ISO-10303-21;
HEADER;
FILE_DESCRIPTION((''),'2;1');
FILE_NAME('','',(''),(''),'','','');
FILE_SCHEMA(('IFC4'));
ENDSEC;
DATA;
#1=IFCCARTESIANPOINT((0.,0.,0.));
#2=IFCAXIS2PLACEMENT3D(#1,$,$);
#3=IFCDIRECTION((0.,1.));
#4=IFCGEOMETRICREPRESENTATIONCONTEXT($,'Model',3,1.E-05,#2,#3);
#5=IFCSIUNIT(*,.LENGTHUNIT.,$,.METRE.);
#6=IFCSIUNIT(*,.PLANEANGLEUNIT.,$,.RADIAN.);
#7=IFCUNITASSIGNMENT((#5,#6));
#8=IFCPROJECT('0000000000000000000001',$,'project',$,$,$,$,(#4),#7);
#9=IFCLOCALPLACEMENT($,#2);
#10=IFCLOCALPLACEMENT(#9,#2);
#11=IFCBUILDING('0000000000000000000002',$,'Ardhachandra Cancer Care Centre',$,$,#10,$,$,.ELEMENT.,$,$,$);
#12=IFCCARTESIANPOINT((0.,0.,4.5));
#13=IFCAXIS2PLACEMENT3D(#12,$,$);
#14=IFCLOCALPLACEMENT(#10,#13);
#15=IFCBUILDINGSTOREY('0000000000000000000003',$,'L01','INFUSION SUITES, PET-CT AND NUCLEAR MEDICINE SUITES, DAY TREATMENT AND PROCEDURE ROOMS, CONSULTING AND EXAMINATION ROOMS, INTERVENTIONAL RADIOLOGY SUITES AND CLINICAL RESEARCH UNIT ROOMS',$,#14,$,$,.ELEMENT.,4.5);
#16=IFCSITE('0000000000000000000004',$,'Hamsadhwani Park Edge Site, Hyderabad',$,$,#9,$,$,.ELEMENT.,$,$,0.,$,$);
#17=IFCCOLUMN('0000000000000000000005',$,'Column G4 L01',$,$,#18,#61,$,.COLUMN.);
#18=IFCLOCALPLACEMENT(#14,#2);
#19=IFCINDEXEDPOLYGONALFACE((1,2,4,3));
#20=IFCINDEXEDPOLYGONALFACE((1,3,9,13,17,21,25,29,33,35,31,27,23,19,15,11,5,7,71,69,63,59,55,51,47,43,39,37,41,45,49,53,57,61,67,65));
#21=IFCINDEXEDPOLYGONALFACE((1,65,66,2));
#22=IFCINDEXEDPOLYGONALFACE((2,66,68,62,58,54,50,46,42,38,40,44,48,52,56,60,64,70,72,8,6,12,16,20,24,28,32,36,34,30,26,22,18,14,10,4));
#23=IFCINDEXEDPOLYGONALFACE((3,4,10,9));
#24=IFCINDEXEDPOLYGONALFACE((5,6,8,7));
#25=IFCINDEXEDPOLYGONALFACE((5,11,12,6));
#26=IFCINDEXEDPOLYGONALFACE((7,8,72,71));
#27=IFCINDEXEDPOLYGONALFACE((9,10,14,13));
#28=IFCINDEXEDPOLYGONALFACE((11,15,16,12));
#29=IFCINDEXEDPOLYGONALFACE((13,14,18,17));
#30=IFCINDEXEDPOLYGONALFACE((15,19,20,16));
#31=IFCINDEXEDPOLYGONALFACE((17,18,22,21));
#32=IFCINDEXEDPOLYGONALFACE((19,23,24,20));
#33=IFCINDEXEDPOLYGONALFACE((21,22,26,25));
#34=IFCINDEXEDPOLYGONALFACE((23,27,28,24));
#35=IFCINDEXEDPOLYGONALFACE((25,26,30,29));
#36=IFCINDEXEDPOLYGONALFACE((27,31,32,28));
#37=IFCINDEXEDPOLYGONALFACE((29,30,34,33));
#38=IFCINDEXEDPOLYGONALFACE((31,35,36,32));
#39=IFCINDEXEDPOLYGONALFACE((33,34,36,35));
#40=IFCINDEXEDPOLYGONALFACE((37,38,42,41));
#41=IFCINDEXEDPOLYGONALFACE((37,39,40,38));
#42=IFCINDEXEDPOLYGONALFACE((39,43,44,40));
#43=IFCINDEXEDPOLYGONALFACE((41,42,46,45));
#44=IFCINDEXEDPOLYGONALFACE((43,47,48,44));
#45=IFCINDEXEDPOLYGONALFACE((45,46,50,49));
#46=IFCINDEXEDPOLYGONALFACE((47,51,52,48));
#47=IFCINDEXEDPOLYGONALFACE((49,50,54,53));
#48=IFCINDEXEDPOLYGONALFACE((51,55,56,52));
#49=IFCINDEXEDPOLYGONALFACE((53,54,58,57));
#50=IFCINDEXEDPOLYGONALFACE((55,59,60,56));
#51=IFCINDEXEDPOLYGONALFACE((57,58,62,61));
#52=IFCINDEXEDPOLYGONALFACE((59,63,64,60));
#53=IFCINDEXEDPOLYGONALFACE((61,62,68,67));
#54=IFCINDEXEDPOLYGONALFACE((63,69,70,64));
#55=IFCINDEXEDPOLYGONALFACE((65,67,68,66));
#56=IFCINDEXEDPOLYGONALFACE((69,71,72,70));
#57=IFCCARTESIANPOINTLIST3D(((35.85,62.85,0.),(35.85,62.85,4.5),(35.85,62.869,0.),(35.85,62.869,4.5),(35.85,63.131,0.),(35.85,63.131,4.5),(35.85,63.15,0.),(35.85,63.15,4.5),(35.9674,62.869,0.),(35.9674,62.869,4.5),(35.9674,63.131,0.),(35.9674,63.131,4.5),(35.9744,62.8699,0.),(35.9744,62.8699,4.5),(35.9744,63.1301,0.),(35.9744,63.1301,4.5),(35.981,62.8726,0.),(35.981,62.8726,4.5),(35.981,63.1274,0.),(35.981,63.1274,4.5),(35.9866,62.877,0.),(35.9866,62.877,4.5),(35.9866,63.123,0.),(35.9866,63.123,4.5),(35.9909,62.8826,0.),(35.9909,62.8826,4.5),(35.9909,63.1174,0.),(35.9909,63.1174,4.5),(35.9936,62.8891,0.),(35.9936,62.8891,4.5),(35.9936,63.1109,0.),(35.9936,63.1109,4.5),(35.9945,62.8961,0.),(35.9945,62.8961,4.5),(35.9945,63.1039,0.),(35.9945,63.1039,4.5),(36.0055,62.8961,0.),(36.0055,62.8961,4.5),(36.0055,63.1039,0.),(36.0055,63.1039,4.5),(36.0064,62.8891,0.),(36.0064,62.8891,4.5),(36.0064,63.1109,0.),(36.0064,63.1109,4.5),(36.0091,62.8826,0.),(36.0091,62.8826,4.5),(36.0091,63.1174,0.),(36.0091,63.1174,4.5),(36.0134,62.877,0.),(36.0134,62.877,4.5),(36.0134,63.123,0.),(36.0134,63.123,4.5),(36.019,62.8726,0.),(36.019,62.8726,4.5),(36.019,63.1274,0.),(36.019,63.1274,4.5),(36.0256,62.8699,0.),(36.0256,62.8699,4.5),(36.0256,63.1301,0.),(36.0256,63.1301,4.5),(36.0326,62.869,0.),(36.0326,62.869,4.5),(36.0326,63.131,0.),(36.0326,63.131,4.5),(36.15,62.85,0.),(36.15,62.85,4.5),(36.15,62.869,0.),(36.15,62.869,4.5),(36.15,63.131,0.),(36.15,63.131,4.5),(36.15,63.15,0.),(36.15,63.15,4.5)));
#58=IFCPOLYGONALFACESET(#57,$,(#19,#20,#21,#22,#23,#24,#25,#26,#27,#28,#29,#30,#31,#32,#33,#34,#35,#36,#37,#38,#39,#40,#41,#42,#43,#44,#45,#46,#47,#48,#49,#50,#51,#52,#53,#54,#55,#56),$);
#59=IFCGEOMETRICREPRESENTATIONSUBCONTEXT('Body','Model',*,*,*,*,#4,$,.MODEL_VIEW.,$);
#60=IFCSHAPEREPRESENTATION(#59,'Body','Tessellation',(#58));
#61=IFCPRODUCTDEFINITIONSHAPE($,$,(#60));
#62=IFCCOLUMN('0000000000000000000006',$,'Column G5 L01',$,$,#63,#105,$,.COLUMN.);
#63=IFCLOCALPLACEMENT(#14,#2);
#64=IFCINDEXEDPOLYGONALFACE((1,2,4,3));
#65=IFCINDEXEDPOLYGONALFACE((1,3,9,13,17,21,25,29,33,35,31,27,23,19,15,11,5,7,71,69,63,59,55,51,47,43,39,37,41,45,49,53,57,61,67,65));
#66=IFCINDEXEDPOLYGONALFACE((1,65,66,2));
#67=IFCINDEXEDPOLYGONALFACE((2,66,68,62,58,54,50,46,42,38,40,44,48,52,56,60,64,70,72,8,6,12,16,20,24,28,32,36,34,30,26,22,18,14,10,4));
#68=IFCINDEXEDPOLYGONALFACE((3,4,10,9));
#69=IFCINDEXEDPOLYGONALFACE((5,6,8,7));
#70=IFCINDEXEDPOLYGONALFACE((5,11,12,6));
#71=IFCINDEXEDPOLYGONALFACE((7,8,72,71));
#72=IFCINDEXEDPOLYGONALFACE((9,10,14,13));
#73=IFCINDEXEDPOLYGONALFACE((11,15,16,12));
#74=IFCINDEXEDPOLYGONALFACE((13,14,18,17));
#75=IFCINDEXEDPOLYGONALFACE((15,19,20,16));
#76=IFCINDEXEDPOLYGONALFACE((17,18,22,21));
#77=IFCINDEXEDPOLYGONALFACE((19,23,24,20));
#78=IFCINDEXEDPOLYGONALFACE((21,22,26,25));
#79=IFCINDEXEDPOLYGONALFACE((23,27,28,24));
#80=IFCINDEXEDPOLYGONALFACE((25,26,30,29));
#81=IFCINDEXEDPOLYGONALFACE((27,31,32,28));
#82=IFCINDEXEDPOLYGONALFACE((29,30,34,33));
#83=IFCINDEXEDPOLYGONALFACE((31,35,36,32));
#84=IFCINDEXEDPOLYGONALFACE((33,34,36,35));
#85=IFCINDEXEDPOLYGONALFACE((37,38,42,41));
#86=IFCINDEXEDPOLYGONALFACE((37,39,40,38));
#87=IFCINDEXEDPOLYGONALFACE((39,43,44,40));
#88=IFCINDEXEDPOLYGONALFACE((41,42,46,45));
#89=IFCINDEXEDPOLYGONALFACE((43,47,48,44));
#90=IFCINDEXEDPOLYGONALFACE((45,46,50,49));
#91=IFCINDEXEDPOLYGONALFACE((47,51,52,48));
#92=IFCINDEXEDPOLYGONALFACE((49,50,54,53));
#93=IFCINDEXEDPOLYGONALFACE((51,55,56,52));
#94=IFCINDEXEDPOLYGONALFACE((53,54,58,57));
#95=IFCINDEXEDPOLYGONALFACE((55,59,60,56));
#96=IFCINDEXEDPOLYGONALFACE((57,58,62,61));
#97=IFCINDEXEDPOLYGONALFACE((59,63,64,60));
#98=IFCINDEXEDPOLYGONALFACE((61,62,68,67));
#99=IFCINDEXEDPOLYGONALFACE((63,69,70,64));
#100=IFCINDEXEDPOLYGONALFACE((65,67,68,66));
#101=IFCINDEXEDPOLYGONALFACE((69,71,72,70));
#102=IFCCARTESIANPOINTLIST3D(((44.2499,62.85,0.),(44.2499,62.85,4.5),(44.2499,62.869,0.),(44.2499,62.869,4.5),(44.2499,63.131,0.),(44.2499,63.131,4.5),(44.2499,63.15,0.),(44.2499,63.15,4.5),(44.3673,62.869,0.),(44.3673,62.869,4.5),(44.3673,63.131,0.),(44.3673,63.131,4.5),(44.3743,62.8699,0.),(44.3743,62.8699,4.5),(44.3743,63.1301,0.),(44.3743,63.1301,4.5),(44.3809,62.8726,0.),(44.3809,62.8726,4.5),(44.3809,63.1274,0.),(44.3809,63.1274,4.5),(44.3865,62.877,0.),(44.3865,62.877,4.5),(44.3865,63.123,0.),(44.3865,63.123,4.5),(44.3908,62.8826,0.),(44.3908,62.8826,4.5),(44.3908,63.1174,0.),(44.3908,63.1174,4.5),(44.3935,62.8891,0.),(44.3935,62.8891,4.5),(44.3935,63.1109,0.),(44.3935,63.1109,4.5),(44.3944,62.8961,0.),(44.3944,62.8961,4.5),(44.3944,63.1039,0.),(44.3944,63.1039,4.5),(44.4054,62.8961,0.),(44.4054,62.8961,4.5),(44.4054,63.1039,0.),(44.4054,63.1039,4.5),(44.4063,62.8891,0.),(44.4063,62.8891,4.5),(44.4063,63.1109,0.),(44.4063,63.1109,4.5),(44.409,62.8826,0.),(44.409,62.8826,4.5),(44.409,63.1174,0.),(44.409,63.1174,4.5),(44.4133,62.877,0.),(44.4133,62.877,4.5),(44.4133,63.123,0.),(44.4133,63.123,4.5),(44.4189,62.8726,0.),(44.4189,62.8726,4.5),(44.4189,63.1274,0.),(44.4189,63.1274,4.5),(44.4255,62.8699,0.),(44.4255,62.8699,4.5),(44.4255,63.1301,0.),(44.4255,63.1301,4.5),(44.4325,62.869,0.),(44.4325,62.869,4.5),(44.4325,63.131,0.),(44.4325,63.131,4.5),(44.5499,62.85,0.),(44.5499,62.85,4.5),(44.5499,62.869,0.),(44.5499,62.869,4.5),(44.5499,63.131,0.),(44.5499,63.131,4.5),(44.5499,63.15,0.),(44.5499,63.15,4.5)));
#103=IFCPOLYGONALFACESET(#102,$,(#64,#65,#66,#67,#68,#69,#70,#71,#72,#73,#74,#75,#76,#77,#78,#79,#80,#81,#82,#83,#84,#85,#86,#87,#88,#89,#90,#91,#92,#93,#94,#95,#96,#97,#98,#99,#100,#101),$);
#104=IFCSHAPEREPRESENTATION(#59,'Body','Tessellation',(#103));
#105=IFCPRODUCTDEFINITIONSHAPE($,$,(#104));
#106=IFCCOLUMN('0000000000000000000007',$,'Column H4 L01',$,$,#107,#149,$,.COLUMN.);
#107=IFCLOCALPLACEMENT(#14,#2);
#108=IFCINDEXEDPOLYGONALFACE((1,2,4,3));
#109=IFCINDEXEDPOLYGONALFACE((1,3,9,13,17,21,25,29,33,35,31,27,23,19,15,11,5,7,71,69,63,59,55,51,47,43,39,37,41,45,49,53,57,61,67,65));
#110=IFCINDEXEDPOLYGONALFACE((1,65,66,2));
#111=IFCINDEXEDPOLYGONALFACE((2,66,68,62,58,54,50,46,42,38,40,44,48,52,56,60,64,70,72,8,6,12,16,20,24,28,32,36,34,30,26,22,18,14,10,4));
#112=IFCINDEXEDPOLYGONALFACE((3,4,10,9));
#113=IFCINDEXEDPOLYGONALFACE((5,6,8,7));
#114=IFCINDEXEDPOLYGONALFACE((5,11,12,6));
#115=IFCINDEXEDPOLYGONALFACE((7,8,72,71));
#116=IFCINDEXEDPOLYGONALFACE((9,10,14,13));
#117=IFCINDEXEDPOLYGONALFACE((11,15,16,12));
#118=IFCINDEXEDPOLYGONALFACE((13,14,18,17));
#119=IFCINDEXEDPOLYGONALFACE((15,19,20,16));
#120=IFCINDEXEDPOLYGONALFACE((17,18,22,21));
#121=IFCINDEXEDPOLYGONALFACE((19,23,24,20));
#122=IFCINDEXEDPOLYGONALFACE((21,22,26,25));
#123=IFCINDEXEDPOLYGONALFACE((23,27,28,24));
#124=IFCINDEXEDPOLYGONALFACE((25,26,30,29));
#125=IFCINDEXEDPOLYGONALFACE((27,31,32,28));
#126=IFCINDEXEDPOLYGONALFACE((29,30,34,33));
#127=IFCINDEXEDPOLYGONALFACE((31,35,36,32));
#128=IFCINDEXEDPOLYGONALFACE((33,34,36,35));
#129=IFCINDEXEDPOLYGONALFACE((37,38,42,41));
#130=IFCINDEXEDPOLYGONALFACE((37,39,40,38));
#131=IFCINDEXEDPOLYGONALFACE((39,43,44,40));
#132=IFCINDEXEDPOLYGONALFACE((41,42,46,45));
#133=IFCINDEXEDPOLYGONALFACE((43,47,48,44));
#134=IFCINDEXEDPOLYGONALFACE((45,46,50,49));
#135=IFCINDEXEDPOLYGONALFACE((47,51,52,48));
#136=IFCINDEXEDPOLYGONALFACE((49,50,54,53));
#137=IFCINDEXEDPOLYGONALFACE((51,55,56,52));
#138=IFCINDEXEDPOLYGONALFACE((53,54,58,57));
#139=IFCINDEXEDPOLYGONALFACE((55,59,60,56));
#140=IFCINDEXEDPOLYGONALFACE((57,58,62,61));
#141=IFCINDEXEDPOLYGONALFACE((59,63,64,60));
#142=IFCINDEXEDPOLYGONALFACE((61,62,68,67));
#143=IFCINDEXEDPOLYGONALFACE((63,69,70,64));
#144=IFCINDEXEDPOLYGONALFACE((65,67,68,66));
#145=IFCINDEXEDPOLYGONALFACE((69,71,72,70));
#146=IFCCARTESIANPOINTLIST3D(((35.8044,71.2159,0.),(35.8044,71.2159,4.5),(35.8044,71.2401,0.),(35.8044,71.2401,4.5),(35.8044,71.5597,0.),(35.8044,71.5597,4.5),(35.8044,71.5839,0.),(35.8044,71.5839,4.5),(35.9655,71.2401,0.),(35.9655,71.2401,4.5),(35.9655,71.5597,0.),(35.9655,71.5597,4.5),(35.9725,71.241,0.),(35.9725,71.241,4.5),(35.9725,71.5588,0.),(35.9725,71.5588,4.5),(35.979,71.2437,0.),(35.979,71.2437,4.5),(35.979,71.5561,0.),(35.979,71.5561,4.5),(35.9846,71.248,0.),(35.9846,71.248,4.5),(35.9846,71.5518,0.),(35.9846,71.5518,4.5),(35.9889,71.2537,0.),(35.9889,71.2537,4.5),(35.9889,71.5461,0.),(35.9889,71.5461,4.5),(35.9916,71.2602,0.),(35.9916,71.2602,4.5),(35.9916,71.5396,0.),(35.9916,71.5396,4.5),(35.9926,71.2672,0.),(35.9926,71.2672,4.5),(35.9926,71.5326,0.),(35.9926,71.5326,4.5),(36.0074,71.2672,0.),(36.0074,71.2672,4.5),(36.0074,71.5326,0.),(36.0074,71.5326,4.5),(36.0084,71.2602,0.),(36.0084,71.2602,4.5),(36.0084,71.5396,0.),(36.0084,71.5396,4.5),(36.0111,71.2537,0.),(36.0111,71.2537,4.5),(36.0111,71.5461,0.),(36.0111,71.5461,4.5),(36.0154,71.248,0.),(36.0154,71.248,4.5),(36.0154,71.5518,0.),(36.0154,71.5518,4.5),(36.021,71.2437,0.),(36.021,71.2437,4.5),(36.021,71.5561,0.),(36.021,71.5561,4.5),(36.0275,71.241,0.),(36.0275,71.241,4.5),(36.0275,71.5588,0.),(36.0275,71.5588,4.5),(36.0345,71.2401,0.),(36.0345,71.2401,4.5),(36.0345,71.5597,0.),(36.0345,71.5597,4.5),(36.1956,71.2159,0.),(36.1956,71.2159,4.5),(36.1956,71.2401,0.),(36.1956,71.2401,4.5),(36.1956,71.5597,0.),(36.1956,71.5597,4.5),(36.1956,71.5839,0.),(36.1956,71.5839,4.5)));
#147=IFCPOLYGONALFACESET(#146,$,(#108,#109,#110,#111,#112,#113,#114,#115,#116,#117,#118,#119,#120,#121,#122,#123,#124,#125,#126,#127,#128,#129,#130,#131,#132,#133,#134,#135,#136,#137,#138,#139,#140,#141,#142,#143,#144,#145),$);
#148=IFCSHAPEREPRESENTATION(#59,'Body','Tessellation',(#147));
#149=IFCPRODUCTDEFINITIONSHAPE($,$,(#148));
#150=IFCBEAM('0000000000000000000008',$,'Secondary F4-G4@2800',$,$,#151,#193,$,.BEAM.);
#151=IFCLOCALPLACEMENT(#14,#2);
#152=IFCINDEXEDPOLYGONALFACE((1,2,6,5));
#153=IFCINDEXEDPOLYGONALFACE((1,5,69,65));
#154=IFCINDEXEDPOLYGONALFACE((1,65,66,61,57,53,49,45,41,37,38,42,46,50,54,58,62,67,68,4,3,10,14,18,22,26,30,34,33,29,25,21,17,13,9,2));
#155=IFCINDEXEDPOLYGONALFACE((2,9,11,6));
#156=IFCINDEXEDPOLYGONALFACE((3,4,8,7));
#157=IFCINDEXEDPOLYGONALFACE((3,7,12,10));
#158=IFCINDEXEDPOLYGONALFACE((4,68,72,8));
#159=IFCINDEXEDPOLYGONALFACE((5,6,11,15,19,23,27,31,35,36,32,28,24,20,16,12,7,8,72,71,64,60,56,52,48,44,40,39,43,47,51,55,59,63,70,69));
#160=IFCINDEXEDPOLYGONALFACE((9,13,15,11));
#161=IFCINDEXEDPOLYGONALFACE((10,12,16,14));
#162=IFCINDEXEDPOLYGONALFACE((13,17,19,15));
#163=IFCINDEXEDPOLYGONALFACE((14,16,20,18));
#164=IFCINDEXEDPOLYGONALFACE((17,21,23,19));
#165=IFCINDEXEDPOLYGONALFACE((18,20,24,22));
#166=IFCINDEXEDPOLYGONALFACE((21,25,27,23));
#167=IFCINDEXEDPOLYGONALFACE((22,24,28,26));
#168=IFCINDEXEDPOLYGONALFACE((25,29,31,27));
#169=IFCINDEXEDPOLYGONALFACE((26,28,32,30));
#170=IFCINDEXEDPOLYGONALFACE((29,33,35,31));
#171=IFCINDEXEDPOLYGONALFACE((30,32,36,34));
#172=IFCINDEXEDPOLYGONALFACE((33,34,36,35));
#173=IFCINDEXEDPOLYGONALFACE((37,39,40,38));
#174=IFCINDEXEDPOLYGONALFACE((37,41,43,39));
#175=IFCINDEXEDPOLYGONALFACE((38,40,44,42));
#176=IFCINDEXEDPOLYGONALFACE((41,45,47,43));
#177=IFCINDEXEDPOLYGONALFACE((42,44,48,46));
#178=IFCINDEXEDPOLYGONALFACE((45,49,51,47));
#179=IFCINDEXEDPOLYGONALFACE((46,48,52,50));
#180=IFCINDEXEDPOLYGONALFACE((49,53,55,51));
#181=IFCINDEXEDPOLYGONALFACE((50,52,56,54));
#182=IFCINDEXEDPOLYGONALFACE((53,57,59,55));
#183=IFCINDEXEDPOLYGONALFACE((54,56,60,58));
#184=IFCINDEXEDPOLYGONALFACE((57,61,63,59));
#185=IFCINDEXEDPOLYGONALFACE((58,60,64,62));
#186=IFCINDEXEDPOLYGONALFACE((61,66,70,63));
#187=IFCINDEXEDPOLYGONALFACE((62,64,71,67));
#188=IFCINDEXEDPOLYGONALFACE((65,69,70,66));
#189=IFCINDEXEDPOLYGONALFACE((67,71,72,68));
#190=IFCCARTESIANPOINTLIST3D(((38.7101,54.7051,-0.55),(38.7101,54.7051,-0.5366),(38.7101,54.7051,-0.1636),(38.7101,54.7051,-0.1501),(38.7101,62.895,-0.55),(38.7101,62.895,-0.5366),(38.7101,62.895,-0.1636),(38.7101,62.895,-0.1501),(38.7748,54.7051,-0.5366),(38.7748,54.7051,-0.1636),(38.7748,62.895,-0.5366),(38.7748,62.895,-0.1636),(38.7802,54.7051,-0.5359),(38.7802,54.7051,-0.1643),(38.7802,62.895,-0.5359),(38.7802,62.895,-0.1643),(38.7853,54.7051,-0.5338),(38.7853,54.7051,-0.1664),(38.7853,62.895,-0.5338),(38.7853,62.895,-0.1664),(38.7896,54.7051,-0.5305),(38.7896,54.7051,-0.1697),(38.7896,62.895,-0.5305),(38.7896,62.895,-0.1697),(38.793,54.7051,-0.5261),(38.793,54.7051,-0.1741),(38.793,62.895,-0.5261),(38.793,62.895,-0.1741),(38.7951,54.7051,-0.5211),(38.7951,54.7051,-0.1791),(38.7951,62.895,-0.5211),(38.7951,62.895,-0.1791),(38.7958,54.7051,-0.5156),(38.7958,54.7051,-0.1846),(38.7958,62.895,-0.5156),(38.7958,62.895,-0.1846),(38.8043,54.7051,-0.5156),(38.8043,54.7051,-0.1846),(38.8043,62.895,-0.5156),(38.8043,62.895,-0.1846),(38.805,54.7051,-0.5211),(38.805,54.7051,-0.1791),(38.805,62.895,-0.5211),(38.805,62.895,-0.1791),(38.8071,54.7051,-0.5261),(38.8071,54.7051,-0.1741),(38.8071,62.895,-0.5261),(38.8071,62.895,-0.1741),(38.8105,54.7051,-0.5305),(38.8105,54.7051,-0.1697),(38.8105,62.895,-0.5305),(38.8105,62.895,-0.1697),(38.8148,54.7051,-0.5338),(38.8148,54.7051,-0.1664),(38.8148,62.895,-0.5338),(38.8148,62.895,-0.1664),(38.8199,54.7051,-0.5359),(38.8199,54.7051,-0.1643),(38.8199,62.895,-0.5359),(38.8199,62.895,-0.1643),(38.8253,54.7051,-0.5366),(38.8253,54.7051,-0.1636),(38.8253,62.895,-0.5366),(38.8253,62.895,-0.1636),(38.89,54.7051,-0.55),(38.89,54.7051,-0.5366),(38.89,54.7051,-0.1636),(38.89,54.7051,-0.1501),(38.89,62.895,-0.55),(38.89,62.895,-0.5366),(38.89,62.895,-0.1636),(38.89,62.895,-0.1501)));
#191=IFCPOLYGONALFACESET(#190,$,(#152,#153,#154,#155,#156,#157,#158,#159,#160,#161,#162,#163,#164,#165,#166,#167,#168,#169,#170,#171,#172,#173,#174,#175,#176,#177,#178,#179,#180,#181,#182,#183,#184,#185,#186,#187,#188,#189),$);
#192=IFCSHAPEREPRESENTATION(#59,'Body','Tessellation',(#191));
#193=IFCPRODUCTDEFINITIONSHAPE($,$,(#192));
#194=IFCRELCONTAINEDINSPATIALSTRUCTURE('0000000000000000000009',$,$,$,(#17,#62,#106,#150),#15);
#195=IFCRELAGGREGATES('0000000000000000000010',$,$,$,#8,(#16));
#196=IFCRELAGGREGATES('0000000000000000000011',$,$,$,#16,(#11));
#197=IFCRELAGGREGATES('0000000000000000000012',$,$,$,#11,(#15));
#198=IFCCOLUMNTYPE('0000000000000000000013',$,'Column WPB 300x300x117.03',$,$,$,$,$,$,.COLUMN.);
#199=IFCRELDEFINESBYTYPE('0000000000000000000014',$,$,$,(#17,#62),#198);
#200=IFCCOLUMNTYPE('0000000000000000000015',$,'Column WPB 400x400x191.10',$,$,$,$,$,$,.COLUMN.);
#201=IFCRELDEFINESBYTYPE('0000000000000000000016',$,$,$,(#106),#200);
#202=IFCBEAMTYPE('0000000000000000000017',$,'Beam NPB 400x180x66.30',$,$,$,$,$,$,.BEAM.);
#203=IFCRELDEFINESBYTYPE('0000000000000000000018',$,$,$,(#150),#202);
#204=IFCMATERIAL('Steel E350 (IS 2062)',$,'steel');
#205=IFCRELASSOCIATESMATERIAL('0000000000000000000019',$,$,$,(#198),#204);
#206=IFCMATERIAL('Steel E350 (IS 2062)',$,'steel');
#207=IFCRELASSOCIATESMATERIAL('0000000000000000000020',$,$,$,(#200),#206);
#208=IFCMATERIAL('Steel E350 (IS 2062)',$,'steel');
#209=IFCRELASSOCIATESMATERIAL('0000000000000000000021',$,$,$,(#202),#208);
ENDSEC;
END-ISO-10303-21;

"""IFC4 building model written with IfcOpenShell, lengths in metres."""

from ifc_helpers import new_model, si_unit, direction, frame, origin, origin_2d, place, context, subcontext, project, spatial, i_section, extrude, material, material_profile, profile_set, type_object, element, save


model = new_model("IFC4")

# Units and contexts
model_context = context("Model", 3, precision=1e-05, world=origin(), true_north=direction((0.0, 1.0)))
body_context = subcontext(model_context, "Body", "Model", "MODEL_VIEW")
ifc_project = project(units=[si_unit("LENGTHUNIT", "METRE"), si_unit("PLANEANGLEUNIT", "RADIAN")], contexts=[model_context])

# Site, building, storey
site_placement = place(None, origin())
site = spatial("IfcSite", under=ifc_project, at=site_placement, Name="Hamsadhwani Park Edge Site, Hyderabad", CompositionType="ELEMENT", RefElevation=0.0)
building_placement = place(site_placement, origin())
building = spatial("IfcBuilding", under=site, at=building_placement, Name="Ardhachandra Cancer Care Centre", CompositionType="ELEMENT")
storey_placement = place(building_placement, frame((0.0, 0.0, 4.5)))
storey = spatial("IfcBuildingStorey", under=building, at=storey_placement, Name="L01", Description="INFUSION SUITES, PET-CT AND NUCLEAR MEDICINE SUITES, DAY TREATMENT AND PROCEDURE ROOMS, CONSULTING AND EXAMINATION ROOMS, INTERVENTIONAL RADIOLOGY SUITES AND CLINICAL RESEARCH UNIT ROOMS", CompositionType="ELEMENT", Elevation=4.5)

# Columns
ifc_material_1 = material(Name="Steel E350 (IS 2062)", Category="steel")
ifc_material_profile_1 = material_profile(ifc_material_1, i_section(OverallWidth=0.3, OverallDepth=0.3, WebThickness=0.011, FlangeThickness=0.019, FilletRadius=0.0271, at=origin_2d()), Name="WPB 300x300x117.03")
ifc_profile_set_1 = profile_set([ifc_material_profile_1], Name="Steel E350 (IS 2062)")
column_type_1 = type_object("IfcColumnType", Name="Column WPB 300x300x117.03", PredefinedType="COLUMN", material=ifc_profile_set_1)
for number, where, z_axis, x_axis, name in (
    (1, (36.0, 63.0, 0.0), (0.0, 0.0, 1.0), (1.0, 0.0, 0.0), "Column G4 L01"),
    (2, (44.3999, 63.0, 0.0), (0.0, 0.0, 1.0), (1.0, 0.0, 0.0), "Column G5 L01"),
):
    element("IfcColumn", number, at=place(storey_placement, frame(where, z_axis=z_axis, x_axis=x_axis)), inside=storey, type_object=column_type_1, Name=name, PredefinedType="COLUMN", context=body_context, shape_type="SweptSolid", body=[
        extrude(i_section(OverallWidth=0.3, OverallDepth=0.3, WebThickness=0.011, FlangeThickness=0.019, FilletRadius=0.0271, at=origin_2d()), origin(), (0.0, 0.0, 1.0), 4.5),
    ])
ifc_material_2 = material(Name="Steel E350 (IS 2062)", Category="steel")
ifc_material_profile_2 = material_profile(ifc_material_2, i_section(OverallWidth=0.3911, OverallDepth=0.3679, WebThickness=0.0149, FlangeThickness=0.0242, FilletRadius=0.0271, at=origin_2d()), Name="WPB 400x400x191.10")
ifc_profile_set_2 = profile_set([ifc_material_profile_2], Name="Steel E350 (IS 2062)")
column_type_2 = type_object("IfcColumnType", Name="Column WPB 400x400x191.10", PredefinedType="COLUMN", material=ifc_profile_set_2)
column_placement = place(storey_placement, frame((36.0, 71.3999, 0.0), z_axis=(0.0, 0.0, 1.0), x_axis=(1.0, 0.0, 0.0)))
element("IfcColumn", 3, at=column_placement, inside=storey, type_object=column_type_2, Name="Column H4 L01", PredefinedType="COLUMN", context=body_context, shape_type="SweptSolid", body=[
    extrude(i_section(OverallWidth=0.3911, OverallDepth=0.3679, WebThickness=0.0149, FlangeThickness=0.0242, FilletRadius=0.0271, at=origin_2d()), origin(), (0.0, 0.0, 1.0), 4.5),
])

# Beam
ifc_material_3 = material(Name="Steel E350 (IS 2062)", Category="steel")
ifc_material_profile_3 = material_profile(ifc_material_3, i_section(OverallWidth=0.1799, OverallDepth=0.3999, WebThickness=0.0085, FlangeThickness=0.0134, FilletRadius=0.021, at=origin_2d()), Name="NPB 400x180x66.30")
ifc_profile_set_3 = profile_set([ifc_material_profile_3], Name="Steel E350 (IS 2062)")
beam_type_1 = type_object("IfcBeamType", Name="Beam NPB 400x180x66.30", PredefinedType="BEAM", material=ifc_profile_set_3)
beam_1_placement = place(storey_placement, frame((38.8, 54.7051, -0.3501), z_axis=(0.0, 1.0, 0.0), x_axis=(-1.0, 0.0, 0.0)))
element("IfcBeam", 4, at=beam_1_placement, inside=storey, type_object=beam_type_1, Name="Secondary F4-G4@2800", PredefinedType="BEAM", context=body_context, shape_type="SweptSolid", body=[
    extrude(i_section(OverallWidth=0.1799, OverallDepth=0.3999, WebThickness=0.0085, FlangeThickness=0.0134, FilletRadius=0.021, at=origin_2d()), origin(), (0.0, 0.0, 1.0), 8.1899),
])

save(model, "model.ifc")
